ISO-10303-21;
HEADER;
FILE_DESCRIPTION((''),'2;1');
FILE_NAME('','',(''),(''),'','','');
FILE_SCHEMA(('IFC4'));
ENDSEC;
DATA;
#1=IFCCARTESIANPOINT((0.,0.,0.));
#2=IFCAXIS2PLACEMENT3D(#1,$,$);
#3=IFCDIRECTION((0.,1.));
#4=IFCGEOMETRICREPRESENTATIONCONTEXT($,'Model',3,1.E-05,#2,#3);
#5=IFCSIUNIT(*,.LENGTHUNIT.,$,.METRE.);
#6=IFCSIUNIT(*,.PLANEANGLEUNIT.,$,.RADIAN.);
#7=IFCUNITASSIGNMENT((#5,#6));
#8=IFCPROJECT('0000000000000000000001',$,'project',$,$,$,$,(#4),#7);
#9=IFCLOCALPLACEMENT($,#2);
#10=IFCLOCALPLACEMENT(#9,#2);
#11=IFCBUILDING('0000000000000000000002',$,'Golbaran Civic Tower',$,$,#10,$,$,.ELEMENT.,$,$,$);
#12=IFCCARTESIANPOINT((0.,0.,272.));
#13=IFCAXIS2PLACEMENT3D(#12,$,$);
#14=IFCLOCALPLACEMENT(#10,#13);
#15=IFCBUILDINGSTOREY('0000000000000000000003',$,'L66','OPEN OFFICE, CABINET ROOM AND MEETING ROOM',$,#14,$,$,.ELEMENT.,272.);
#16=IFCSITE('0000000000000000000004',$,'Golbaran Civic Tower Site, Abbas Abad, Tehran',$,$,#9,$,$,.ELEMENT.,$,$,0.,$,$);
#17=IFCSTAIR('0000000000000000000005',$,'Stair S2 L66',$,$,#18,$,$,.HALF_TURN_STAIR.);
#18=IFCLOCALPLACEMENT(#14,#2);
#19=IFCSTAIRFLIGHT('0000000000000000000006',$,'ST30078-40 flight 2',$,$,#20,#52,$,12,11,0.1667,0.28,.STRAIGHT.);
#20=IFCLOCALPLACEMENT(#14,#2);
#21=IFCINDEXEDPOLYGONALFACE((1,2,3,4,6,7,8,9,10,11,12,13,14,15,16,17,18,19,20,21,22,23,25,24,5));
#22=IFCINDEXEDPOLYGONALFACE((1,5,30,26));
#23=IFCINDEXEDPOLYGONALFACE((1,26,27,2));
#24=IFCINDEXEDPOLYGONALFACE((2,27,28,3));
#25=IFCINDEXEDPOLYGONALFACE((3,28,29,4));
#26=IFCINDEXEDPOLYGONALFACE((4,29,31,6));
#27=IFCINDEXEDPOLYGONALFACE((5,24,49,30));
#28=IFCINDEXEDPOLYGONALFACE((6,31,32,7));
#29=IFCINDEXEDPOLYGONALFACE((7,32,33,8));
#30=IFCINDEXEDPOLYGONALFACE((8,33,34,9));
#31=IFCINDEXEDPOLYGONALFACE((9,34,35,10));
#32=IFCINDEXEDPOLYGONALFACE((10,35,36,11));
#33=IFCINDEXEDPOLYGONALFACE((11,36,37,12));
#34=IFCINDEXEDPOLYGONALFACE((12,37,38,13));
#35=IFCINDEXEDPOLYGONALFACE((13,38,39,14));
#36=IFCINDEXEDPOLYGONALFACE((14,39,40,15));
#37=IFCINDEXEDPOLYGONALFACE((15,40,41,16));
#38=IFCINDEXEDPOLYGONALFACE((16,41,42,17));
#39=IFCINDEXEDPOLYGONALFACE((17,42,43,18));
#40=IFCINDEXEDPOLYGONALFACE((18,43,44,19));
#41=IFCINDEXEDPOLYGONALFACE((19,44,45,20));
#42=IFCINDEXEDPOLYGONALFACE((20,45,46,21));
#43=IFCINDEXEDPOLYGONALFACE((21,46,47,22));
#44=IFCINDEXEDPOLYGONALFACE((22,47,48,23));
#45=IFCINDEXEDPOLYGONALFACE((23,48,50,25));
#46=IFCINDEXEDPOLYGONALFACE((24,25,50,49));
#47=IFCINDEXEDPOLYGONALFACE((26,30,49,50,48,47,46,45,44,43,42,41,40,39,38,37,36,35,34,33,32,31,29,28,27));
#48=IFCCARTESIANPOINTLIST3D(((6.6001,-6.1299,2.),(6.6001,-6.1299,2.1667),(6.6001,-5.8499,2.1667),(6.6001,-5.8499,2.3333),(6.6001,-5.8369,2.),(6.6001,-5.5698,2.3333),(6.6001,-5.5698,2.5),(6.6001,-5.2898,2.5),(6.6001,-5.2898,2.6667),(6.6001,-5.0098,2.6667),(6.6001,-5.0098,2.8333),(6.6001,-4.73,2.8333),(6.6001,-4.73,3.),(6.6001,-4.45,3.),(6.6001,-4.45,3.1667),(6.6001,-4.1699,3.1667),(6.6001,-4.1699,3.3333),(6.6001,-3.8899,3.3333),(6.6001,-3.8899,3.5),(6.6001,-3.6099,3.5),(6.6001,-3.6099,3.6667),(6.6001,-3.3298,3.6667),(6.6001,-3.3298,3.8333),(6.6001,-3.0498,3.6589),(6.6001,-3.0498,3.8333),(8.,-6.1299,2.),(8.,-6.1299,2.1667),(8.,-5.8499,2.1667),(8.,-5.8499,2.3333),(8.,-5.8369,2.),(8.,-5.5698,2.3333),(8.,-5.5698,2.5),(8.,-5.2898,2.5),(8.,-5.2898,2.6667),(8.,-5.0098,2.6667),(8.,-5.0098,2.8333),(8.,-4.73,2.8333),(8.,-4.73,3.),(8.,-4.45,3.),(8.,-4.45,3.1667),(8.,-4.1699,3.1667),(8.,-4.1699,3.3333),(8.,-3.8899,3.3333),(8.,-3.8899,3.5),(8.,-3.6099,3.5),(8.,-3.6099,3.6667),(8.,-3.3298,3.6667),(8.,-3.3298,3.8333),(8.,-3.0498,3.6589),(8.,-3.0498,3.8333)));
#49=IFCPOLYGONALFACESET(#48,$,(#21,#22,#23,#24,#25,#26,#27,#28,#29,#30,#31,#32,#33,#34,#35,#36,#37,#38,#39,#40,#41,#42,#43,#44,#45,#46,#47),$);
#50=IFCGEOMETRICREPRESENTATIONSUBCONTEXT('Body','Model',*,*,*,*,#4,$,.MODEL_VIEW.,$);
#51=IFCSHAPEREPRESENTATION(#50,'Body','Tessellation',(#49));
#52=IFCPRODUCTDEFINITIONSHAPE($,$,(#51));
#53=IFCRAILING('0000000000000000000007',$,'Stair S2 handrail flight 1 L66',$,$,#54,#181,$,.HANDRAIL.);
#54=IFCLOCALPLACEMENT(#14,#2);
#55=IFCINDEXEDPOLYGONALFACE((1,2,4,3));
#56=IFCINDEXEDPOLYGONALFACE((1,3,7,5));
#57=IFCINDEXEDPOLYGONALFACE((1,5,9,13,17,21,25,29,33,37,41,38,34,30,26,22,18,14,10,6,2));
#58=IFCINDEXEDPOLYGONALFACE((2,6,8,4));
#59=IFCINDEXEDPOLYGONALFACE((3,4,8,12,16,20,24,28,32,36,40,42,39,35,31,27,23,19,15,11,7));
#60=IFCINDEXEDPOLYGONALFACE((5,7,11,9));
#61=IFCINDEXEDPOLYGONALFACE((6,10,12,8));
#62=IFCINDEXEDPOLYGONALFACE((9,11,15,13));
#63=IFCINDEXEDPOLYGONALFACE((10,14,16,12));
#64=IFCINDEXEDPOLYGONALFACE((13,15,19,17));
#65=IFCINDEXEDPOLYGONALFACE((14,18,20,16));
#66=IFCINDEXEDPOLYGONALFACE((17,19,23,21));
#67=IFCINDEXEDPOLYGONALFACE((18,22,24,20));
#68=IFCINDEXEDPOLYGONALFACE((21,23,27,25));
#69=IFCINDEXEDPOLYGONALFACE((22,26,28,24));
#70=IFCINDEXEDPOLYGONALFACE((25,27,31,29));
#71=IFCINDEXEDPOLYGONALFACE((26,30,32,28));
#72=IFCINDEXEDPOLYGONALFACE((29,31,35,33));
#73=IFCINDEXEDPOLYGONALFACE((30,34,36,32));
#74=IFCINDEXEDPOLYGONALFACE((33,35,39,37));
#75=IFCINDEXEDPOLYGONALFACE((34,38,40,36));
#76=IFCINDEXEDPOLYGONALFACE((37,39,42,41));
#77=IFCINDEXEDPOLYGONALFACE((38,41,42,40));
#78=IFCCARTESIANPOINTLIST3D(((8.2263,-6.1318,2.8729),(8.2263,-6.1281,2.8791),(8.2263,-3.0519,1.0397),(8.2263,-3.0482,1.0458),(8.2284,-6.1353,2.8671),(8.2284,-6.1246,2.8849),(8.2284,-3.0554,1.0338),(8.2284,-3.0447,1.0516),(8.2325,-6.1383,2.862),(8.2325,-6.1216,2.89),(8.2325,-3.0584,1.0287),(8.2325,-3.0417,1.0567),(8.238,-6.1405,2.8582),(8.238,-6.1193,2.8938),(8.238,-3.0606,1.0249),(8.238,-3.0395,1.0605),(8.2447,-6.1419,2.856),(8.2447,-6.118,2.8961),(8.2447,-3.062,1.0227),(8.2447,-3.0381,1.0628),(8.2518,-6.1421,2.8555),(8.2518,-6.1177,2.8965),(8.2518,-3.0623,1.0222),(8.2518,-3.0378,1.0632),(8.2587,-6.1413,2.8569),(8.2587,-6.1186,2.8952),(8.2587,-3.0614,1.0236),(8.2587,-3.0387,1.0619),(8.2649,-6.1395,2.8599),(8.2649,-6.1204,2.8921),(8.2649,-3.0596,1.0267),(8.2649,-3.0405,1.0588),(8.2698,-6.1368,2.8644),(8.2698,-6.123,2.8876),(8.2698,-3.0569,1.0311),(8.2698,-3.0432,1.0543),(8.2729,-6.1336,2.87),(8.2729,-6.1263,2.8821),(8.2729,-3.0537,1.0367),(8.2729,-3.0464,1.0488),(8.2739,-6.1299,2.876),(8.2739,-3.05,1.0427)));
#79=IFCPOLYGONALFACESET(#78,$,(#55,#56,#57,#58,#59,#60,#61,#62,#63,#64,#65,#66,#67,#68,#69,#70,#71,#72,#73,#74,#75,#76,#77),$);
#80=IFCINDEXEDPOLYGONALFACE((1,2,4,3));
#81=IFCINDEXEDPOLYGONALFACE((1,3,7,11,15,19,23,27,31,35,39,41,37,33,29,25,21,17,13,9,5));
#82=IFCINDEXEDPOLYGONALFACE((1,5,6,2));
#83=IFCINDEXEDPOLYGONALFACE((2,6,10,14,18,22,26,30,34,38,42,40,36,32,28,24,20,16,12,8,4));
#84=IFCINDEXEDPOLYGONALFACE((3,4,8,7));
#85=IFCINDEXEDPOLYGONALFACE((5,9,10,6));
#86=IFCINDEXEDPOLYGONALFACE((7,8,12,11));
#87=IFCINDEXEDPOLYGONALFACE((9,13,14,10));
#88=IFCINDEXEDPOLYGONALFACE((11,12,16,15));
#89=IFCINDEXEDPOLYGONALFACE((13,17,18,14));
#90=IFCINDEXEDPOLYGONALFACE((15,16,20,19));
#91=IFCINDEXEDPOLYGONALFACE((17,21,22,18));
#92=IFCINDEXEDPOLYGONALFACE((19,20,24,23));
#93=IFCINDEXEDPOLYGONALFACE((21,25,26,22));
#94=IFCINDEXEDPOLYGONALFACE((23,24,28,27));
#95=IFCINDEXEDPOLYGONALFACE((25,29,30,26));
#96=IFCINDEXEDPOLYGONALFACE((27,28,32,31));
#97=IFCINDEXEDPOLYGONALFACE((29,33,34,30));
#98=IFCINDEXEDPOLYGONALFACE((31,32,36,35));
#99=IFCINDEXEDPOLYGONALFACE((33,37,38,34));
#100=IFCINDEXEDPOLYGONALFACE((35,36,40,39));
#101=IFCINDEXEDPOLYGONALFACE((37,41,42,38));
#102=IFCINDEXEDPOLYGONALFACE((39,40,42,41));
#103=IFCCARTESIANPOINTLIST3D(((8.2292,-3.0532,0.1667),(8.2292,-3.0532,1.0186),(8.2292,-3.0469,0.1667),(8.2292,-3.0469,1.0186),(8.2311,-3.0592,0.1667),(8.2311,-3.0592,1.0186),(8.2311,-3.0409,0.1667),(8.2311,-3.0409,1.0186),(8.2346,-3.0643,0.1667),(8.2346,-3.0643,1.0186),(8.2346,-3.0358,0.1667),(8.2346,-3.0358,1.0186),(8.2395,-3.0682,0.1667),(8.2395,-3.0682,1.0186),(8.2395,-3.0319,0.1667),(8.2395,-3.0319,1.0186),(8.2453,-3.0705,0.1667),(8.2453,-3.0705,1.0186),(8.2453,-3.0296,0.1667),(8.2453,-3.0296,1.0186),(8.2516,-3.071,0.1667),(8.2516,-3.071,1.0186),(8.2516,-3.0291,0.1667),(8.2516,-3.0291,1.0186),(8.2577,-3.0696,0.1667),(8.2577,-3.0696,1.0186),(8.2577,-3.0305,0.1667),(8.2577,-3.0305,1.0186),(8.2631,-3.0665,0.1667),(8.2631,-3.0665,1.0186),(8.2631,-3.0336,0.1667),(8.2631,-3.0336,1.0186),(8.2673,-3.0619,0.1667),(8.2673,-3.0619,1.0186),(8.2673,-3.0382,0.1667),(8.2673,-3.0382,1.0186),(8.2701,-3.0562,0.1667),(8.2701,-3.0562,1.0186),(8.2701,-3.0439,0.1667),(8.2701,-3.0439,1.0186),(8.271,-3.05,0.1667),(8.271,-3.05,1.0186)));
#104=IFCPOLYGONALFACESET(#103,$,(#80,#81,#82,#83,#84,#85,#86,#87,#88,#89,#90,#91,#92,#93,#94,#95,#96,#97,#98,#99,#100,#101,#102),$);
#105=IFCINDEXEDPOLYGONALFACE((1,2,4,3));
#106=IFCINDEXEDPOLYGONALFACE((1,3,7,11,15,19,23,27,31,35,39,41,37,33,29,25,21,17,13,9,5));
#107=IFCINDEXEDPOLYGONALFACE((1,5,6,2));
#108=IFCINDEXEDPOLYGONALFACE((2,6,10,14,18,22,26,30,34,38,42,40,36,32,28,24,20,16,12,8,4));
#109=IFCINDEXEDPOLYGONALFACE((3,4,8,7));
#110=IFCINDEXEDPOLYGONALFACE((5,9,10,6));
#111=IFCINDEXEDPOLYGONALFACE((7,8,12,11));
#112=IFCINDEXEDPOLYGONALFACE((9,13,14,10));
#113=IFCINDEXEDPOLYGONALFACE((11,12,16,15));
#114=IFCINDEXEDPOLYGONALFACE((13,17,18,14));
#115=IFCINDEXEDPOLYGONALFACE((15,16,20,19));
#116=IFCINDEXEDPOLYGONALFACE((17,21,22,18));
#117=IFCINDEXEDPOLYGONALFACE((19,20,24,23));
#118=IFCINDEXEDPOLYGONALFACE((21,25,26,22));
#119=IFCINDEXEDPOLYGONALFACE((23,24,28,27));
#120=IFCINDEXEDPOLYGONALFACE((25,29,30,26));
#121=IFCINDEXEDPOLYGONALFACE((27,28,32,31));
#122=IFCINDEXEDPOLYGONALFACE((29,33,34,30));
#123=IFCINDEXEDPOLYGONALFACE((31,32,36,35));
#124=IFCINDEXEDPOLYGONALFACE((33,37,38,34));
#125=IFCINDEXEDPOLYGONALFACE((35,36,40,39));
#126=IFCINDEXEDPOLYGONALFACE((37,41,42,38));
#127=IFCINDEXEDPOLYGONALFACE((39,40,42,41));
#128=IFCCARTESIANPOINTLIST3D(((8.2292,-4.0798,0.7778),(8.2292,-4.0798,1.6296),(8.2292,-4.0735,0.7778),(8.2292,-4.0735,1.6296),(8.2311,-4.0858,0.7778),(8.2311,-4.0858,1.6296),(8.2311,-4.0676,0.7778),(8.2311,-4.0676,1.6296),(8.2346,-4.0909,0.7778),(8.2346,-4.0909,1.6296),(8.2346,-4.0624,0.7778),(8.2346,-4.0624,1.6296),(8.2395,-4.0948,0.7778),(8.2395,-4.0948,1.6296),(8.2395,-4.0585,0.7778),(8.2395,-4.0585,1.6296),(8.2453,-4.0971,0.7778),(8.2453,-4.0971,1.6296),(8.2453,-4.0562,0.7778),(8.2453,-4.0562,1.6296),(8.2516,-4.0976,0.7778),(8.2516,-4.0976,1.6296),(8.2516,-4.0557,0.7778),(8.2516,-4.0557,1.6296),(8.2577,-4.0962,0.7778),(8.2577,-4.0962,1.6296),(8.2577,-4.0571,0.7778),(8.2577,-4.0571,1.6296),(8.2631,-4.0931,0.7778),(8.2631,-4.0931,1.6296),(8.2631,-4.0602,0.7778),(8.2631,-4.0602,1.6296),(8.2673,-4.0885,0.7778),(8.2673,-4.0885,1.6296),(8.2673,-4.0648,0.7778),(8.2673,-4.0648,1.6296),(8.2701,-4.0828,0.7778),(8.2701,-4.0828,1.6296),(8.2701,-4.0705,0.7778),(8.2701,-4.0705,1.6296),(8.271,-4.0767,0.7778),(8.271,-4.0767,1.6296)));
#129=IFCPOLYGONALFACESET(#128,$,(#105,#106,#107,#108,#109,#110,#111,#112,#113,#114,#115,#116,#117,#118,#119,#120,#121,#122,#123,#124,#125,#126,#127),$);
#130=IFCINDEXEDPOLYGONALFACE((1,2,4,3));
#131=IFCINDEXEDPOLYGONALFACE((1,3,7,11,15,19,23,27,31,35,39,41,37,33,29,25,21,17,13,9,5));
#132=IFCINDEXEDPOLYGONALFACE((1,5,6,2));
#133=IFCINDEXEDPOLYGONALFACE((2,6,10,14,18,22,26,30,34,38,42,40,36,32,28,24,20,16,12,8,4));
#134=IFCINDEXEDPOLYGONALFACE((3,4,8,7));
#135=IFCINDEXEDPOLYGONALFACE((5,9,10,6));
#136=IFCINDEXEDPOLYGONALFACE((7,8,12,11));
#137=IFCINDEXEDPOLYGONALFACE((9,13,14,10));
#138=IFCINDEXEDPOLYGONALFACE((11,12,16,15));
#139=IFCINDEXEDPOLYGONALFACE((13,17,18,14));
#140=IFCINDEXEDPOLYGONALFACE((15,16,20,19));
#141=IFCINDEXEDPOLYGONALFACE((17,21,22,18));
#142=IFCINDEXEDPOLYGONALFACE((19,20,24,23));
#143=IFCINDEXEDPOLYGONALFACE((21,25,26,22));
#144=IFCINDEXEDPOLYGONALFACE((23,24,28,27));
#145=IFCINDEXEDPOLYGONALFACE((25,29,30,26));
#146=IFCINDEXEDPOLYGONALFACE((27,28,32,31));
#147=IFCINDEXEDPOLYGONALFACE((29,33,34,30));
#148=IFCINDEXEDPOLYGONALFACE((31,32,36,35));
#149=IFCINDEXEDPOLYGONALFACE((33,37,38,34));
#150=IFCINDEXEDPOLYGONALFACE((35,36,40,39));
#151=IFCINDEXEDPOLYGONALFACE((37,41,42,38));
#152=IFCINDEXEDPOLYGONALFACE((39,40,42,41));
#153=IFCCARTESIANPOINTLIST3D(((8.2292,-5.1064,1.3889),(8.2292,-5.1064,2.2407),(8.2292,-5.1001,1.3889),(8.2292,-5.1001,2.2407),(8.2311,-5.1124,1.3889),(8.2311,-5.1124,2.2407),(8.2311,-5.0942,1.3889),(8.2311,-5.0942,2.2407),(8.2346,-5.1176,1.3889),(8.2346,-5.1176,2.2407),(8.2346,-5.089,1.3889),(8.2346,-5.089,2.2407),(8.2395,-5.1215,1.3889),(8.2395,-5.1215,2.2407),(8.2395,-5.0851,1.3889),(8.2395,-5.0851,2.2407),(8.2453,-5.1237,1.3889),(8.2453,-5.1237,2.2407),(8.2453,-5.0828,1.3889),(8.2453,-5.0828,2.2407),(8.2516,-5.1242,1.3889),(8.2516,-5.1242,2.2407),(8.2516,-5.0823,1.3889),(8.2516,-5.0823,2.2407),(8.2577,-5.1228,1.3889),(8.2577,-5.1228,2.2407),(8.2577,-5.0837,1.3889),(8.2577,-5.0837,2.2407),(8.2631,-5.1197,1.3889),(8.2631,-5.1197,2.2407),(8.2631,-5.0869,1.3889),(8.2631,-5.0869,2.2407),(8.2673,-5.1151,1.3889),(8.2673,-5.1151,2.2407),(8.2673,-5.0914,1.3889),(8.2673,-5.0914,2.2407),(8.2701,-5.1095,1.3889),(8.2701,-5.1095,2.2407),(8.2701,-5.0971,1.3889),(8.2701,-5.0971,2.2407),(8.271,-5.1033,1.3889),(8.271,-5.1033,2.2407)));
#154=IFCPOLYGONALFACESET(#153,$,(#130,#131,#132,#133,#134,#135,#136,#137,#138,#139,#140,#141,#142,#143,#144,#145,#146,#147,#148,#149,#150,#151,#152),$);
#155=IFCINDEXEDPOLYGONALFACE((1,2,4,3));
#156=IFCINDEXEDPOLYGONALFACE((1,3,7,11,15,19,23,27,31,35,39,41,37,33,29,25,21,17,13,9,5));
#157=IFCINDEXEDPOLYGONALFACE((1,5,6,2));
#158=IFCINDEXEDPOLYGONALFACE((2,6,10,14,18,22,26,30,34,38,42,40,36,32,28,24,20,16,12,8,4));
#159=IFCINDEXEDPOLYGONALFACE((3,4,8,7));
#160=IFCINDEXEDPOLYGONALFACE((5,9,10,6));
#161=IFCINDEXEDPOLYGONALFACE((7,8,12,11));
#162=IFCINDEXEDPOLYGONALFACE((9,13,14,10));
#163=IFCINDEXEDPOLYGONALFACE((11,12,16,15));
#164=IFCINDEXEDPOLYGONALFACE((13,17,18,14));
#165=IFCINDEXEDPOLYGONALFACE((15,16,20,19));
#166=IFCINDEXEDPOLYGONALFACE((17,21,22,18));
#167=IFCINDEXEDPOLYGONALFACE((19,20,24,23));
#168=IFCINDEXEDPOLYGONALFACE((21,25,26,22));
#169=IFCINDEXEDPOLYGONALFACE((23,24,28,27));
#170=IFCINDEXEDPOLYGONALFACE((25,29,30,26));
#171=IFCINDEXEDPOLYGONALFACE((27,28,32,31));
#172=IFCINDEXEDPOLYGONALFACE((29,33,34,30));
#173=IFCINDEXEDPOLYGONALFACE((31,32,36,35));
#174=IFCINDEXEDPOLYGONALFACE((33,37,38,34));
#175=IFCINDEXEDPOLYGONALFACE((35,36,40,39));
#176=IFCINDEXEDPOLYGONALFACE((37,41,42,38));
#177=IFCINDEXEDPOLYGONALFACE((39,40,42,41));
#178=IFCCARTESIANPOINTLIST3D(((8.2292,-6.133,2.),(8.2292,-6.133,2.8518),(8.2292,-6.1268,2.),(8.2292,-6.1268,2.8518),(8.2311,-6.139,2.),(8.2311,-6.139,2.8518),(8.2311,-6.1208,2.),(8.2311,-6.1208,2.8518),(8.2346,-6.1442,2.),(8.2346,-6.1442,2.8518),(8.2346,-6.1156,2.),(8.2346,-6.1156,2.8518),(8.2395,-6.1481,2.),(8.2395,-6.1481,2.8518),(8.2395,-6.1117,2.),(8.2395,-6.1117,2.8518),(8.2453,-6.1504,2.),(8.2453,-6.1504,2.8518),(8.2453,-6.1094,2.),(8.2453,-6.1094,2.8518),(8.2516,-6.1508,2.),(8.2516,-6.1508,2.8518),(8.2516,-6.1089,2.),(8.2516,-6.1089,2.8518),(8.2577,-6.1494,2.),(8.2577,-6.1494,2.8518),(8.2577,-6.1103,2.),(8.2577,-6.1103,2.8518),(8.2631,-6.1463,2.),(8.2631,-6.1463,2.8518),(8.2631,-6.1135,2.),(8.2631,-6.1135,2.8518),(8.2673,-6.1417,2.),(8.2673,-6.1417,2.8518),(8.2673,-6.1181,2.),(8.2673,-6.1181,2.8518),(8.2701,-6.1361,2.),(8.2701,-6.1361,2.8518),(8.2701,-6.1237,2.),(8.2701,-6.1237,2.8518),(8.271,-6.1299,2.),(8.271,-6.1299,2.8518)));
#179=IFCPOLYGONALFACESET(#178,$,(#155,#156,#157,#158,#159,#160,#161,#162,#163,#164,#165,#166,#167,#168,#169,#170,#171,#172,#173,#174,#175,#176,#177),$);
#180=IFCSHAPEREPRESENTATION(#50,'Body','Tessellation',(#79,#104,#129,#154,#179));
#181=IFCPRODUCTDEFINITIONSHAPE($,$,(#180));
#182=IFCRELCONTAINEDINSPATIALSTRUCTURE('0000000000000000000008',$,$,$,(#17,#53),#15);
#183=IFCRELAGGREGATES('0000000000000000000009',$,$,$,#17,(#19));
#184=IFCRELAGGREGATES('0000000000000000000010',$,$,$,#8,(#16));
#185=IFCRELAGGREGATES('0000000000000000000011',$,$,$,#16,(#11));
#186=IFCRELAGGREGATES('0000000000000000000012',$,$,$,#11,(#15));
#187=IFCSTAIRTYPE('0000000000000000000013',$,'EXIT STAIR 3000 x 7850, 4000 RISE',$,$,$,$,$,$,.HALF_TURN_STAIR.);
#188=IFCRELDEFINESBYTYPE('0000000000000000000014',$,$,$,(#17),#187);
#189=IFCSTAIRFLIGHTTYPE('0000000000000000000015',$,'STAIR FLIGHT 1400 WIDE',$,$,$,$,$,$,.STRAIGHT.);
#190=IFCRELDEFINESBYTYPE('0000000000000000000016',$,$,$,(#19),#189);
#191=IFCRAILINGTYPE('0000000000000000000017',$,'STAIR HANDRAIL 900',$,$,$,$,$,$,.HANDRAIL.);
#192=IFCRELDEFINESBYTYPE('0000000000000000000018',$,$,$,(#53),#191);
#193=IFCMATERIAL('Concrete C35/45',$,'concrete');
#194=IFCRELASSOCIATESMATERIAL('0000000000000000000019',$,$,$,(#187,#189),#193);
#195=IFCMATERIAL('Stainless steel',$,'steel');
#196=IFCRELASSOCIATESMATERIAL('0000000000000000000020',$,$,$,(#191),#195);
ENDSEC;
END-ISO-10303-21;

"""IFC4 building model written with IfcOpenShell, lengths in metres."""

from ifc_helpers import new_model, si_unit, direction, frame, origin, origin_2d, place, context, subcontext, project, spatial, polyline, circle, outline, extrude, material, type_object, element, aggregate, save


model = new_model("IFC4")

# Units and contexts
model_context = context("Model", 3, precision=1e-05, world=origin(), true_north=direction((0.0, 1.0)))
body_context = subcontext(model_context, "Body", "Model", "MODEL_VIEW")
ifc_project = project(units=[si_unit("LENGTHUNIT", "METRE"), si_unit("PLANEANGLEUNIT", "RADIAN")], contexts=[model_context])

# Site, building, storey
site_placement = place(None, origin())
site = spatial("IfcSite", under=ifc_project, at=site_placement, Name="Golbaran Civic Tower Site, Abbas Abad, Tehran", CompositionType="ELEMENT", RefElevation=0.0)
building_placement = place(site_placement, origin())
building = spatial("IfcBuilding", under=site, at=building_placement, Name="Golbaran Civic Tower", CompositionType="ELEMENT")
storey_placement = place(building_placement, frame((0.0, 0.0, 272.0)))
storey = spatial("IfcBuildingStorey", under=building, at=storey_placement, Name="L66", Description="OPEN OFFICE, CABINET ROOM AND MEETING ROOM", CompositionType="ELEMENT", Elevation=272.0)

# Stair
ifc_material_1 = material(Name="Concrete C35/45", Category="concrete")
stair_type = type_object("IfcStairType", Name="EXIT STAIR 3000 x 7850, 4000 RISE", PredefinedType="HALF_TURN_STAIR", material=ifc_material_1)
stair_placement = place(storey_placement, origin())
stair = element("IfcStair", 1, at=stair_placement, inside=storey, type_object=stair_type, Name="Stair S2 L66", PredefinedType="HALF_TURN_STAIR")

# Shared definitions
ifc_material_2 = material(Name="Stainless steel", Category="steel")

# Stair flight
stair_flight_type = type_object("IfcStairFlightType", Name="STAIR FLIGHT 1400 WIDE", PredefinedType="STRAIGHT", material=ifc_material_1)
stair_flight_1_placement = place(storey_placement, frame((7.3, -6.1299, 2.0), z_axis=(0.0, 0.0, 1.0), x_axis=(0.0, 1.0, 0.0)))
stair_flight_1 = element("IfcStairFlight", 2, at=stair_flight_1_placement, type_object=stair_flight_type, Name="ST30078-40 flight 2", NumberOfRisers=12, NumberOfTreads=11, PredefinedType="STRAIGHT", RiserHeight=0.1667, TreadLength=0.28, context=body_context, shape_type="SweptSolid", body=[
    extrude(outline(polyline([(0.0, 0.0), (0.0, 0.1667), (0.28, 0.1667), (0.28, 0.3333), (0.5601, 0.3333), (0.5601, 0.5), (0.8401, 0.5), (0.8401, 0.6667), (1.1201, 0.6667), (1.1201, 0.8333), (1.3999, 0.8333), (1.3999, 1.0), (1.6799, 1.0), (1.6799, 1.1667), (1.96, 1.1667), (1.96, 1.3333), (2.24, 1.3333), (2.24, 1.5), (2.52, 1.5), (2.52, 1.6667), (2.8, 1.6667), (2.8, 1.8333), (3.0801, 1.8333), (3.0801, 2.0), (3.0801, 1.6589), (0.293, 0.0), (0.0, 0.0)])), frame((0.0, 0.7, 0.0), z_axis=(0.0, -1.0, 0.0), x_axis=(1.0, 0.0, 0.0)), (0.0, 0.0, 1.0), 1.3999),
])
aggregate(stair, [stair_flight_1])

# Railing
railing_type = type_object("IfcRailingType", Name="STAIR HANDRAIL 900", PredefinedType="HANDRAIL", material=ifc_material_2)
railing_1_placement = place(storey_placement, frame((8.25, -3.05, 0.1667)))
element("IfcRailing", 3, at=railing_1_placement, inside=storey, type_object=railing_type, Name="Stair S2 handrail flight 1 L66", PredefinedType="HANDRAIL", context=body_context, shape_type="SweptSolid", body=[
    extrude(circle(Radius=0.0239, at=origin_2d()), frame((0.0, 0.0, 0.876), z_axis=(0.0, -0.859291, 0.511487), x_axis=(1.0, 0.0, 0.0)), (0.0, 0.0, 1.0), 3.5842),
    extrude(circle(Radius=0.021, at=origin_2d()), origin(), (0.0, 0.0, 1.0), 0.8518),
    extrude(circle(Radius=0.021, at=origin_2d()), frame((0.0, -1.0266, 0.6111)), (0.0, 0.0, 1.0), 0.8518),
    extrude(circle(Radius=0.021, at=origin_2d()), frame((0.0, -2.0532, 1.2222)), (0.0, 0.0, 1.0), 0.8518),
    extrude(circle(Radius=0.021, at=origin_2d()), frame((0.0, -3.0798, 1.8333)), (0.0, 0.0, 1.0), 0.8518),
])

save(model, "model.ifc")
